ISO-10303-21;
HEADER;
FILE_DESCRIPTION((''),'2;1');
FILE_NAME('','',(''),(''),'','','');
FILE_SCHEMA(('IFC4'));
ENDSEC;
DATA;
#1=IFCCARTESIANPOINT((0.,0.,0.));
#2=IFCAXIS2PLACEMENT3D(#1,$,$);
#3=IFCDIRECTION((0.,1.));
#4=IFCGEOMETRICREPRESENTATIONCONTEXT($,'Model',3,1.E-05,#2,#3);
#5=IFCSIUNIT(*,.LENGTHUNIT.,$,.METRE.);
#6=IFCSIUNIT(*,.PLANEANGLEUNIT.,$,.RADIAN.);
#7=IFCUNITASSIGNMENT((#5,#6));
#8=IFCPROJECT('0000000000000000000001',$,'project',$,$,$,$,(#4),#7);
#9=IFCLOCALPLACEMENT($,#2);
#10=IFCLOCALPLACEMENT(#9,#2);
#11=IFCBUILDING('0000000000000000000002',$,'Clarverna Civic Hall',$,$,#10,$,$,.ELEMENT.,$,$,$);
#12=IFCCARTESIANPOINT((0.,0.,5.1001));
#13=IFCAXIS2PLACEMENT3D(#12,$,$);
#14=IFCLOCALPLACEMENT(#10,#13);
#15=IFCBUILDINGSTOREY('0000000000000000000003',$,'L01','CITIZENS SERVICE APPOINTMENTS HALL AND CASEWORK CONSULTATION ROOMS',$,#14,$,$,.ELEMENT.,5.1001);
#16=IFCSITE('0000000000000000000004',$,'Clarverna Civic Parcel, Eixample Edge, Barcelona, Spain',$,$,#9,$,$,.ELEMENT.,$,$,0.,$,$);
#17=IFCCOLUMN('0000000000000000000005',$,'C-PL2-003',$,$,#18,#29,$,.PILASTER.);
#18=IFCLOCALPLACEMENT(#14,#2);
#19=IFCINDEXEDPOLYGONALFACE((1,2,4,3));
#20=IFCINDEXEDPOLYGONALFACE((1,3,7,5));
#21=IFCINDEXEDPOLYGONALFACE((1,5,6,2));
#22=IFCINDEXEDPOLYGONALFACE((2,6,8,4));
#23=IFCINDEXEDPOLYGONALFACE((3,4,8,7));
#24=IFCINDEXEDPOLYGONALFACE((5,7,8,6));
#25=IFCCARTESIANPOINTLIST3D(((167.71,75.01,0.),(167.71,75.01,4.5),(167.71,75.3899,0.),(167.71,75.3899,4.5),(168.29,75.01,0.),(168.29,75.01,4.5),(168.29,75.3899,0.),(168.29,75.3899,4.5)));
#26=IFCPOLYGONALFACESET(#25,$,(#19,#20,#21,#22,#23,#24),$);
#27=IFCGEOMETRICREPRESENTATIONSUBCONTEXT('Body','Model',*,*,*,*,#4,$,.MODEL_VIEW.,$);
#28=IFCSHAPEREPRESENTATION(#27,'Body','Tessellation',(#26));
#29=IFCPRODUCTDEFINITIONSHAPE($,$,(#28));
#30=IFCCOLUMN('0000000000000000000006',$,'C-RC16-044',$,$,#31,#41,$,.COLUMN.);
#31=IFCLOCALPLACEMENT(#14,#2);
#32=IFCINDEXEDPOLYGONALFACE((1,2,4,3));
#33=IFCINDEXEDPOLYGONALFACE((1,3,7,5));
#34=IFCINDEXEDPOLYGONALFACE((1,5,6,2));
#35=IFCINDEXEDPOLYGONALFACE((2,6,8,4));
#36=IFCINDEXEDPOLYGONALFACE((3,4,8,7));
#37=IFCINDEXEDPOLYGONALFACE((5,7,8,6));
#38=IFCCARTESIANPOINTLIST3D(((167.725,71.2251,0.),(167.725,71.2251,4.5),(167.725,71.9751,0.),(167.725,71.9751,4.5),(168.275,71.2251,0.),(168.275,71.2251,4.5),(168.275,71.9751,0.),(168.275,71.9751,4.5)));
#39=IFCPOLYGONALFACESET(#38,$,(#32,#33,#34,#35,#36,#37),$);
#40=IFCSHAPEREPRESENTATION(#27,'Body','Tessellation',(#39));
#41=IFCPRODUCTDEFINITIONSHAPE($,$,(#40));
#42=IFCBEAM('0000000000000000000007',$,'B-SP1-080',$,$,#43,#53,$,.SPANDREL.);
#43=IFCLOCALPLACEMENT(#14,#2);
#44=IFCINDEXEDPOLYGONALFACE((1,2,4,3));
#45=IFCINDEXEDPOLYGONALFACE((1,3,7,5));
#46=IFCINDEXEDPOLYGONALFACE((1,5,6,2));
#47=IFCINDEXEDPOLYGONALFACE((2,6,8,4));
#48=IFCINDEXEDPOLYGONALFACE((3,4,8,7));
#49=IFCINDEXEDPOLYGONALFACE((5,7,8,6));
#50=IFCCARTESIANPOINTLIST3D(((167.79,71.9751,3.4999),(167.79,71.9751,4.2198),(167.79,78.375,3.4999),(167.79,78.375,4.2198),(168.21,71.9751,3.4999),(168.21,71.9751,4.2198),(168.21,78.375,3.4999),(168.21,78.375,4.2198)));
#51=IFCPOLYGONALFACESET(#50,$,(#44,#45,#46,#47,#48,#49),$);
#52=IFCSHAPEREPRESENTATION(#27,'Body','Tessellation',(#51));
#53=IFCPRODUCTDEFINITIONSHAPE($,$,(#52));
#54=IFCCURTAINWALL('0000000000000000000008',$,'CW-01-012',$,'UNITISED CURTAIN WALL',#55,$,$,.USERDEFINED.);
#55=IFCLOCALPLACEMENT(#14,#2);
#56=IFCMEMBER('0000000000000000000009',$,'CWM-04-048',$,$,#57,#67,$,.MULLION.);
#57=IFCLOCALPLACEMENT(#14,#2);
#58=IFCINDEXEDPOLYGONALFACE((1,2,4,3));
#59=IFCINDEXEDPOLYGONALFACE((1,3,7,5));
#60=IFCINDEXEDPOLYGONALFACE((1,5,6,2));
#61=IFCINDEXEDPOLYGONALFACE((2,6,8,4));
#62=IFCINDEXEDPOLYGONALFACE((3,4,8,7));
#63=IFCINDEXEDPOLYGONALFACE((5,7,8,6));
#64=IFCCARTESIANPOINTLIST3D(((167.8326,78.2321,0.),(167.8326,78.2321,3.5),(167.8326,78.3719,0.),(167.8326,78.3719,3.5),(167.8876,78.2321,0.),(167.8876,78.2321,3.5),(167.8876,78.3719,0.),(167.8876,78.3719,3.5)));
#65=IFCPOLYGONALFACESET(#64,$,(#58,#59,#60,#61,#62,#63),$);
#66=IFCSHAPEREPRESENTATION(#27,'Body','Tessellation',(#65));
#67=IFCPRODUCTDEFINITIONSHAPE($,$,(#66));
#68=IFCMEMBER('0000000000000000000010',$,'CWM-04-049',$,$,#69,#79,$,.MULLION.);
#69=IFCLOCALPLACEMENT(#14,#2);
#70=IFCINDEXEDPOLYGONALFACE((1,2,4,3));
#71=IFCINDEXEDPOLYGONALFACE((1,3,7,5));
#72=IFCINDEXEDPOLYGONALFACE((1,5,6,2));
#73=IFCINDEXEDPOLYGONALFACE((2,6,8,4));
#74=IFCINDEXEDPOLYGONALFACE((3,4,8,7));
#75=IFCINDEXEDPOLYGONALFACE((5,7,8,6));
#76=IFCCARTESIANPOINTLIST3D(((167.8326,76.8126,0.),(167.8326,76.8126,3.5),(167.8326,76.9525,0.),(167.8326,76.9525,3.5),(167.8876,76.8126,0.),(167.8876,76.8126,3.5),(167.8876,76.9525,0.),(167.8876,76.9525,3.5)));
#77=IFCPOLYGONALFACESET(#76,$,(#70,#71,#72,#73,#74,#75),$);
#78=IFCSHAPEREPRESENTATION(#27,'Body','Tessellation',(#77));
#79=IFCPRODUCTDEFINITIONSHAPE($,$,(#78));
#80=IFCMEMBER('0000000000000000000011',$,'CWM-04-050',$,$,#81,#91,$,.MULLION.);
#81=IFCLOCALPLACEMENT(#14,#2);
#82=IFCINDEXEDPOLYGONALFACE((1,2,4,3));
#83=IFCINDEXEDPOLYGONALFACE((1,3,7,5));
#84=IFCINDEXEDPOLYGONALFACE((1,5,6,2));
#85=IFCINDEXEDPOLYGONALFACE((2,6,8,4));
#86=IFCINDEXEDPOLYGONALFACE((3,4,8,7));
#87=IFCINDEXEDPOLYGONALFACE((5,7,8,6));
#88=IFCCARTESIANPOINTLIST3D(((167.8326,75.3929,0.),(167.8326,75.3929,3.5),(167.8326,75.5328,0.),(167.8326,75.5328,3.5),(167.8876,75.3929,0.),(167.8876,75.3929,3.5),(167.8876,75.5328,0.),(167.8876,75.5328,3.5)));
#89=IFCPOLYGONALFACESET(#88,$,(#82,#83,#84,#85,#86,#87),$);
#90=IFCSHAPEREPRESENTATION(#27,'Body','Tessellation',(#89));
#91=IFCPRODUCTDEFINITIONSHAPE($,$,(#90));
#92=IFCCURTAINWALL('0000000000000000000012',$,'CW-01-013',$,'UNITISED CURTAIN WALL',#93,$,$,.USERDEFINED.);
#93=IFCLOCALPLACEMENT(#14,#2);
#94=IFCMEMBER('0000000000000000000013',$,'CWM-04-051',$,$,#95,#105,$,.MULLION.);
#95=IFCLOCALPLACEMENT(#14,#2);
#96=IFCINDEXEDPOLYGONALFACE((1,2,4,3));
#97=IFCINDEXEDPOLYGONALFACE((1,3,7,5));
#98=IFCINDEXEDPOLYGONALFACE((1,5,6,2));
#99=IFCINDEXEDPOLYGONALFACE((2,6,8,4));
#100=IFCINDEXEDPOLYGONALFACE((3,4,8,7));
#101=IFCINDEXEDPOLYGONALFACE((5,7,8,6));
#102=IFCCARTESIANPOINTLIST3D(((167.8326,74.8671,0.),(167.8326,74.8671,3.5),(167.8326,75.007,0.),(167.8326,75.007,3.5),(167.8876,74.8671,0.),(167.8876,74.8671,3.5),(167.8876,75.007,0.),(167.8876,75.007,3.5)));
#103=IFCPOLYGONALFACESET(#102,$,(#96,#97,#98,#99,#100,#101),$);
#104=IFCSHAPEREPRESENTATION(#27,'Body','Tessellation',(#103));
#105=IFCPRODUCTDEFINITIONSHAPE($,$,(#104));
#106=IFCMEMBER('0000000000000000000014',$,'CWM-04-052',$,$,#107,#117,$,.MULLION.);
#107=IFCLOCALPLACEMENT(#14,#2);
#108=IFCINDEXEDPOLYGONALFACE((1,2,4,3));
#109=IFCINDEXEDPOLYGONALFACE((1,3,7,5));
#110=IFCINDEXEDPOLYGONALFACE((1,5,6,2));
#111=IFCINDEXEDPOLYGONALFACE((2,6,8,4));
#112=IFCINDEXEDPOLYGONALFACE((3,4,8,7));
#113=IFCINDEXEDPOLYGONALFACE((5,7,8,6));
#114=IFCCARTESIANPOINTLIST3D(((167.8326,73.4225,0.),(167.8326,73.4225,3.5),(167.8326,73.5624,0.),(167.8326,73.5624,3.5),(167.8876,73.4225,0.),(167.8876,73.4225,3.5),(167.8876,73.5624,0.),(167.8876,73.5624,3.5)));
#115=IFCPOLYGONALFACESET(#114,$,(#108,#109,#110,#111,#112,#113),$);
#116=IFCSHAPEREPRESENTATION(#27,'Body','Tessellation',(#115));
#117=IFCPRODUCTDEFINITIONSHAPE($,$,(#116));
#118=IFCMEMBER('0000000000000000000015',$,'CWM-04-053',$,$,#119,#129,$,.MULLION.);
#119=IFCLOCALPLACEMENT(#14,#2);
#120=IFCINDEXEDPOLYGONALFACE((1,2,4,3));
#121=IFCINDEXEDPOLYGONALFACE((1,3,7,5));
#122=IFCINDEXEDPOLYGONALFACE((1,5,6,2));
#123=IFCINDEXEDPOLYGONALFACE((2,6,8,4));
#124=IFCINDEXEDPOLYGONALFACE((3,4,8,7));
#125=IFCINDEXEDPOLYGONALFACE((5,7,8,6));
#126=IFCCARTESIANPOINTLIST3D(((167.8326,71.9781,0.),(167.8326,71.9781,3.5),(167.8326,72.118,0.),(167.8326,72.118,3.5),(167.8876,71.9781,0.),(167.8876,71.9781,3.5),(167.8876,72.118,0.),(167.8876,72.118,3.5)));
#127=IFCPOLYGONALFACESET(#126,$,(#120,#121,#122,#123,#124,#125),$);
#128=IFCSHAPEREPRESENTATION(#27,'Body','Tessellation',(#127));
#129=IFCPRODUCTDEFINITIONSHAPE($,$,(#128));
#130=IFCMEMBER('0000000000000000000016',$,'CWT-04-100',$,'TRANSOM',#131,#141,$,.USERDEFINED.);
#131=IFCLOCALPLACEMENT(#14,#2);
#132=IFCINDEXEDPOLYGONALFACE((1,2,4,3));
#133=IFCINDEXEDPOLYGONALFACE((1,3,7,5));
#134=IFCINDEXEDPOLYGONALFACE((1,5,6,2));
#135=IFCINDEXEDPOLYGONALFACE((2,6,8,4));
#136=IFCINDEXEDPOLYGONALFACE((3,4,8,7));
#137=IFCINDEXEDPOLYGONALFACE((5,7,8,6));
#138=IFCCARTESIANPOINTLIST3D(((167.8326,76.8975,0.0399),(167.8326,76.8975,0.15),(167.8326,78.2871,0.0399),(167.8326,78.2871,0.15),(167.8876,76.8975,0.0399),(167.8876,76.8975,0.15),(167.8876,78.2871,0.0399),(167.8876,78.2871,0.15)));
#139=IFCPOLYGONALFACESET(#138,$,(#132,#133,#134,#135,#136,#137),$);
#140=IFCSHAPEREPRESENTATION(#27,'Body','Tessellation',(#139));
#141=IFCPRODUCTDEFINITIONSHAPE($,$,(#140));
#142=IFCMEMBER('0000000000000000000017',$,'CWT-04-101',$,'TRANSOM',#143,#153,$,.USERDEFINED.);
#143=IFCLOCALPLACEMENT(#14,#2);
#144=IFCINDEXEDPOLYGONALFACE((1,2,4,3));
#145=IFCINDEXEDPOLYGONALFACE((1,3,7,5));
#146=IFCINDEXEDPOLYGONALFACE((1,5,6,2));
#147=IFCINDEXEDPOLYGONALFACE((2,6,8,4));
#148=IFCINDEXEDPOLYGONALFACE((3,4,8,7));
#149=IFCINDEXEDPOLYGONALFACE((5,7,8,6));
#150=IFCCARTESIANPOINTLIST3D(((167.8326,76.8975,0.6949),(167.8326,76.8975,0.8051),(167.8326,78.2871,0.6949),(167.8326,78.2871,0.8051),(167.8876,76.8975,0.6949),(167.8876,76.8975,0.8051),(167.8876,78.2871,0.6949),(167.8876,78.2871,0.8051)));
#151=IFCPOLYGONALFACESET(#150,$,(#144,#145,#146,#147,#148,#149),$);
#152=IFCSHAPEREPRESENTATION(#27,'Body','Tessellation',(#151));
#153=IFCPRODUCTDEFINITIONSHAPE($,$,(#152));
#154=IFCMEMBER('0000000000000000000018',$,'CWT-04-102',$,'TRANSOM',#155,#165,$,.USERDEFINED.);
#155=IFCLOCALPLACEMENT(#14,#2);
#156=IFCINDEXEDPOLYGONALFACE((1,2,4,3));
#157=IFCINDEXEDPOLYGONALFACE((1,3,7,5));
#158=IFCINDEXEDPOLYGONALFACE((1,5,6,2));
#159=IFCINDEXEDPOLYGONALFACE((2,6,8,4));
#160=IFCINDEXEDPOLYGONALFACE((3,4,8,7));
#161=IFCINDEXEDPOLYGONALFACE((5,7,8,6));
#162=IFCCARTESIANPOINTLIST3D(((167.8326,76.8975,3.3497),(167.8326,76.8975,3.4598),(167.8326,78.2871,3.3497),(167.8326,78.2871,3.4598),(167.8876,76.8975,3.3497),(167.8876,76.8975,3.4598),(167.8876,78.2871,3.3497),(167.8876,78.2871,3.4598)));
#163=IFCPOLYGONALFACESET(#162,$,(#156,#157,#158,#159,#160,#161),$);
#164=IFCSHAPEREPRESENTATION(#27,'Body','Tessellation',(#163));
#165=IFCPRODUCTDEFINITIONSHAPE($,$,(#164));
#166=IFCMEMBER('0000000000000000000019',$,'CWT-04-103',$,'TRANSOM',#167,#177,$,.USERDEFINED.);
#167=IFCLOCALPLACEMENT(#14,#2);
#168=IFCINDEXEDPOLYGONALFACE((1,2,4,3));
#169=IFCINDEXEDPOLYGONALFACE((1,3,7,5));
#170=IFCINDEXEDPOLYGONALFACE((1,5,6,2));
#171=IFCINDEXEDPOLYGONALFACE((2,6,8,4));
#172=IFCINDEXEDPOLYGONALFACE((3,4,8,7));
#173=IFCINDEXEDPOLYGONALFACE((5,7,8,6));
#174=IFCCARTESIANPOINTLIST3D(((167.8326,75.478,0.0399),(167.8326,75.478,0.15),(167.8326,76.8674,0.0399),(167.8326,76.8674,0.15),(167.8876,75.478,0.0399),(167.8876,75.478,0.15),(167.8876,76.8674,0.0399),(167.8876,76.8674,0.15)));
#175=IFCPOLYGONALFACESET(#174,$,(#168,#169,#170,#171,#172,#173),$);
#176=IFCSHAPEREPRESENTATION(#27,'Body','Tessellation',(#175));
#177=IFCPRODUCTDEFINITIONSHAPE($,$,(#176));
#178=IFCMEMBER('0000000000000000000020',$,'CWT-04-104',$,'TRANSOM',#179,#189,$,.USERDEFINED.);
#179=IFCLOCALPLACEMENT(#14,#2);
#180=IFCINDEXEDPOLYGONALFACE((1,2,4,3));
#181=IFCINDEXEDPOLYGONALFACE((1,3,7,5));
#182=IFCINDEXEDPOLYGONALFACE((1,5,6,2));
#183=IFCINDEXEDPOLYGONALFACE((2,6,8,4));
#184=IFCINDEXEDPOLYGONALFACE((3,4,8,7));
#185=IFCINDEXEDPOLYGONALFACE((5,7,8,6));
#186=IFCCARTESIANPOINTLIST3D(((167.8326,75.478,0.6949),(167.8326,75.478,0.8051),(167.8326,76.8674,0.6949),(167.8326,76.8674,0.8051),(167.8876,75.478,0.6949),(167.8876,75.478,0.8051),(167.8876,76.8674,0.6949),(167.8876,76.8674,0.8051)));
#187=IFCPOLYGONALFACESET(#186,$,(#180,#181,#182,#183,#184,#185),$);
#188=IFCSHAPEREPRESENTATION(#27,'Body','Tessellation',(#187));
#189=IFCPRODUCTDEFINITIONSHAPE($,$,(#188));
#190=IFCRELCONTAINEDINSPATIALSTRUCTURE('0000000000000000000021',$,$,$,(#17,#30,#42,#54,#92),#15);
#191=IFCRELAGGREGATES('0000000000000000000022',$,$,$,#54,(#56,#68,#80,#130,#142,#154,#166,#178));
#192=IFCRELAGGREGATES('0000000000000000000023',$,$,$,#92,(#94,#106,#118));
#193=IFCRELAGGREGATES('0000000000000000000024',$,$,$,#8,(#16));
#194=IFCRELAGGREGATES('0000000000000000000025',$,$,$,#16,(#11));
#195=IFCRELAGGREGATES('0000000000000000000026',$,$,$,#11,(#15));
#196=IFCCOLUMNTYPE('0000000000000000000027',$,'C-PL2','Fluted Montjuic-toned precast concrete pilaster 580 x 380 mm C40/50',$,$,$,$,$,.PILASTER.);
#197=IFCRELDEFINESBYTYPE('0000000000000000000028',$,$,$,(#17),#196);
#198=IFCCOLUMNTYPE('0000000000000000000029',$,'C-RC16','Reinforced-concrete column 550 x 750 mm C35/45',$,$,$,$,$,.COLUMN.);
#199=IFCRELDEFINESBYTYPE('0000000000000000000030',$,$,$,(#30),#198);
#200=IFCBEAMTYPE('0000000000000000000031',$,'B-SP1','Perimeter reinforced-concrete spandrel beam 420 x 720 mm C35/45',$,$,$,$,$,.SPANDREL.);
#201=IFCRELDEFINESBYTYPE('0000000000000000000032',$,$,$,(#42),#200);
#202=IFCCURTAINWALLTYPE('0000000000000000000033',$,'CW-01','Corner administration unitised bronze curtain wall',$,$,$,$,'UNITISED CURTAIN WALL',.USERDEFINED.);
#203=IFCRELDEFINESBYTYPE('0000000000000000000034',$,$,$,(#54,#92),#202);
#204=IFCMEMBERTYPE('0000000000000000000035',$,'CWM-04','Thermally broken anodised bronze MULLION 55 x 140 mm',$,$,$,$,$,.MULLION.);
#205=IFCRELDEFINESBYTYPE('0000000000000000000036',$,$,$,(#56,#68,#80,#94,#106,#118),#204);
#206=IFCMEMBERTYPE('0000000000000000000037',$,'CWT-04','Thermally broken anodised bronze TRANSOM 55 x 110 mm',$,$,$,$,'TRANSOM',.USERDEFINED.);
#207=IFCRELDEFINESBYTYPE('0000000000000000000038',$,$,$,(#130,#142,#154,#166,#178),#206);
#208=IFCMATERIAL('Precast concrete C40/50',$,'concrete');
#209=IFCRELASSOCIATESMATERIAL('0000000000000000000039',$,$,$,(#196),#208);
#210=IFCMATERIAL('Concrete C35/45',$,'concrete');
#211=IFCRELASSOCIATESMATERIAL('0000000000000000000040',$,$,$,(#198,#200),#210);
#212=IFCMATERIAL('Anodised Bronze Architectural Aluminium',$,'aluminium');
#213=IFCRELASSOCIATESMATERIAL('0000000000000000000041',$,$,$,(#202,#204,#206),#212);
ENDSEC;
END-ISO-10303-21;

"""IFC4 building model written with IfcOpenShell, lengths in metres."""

from ifc_helpers import new_model, si_unit, direction, frame, origin, origin_2d, place, context, subcontext, project, spatial, rectangle, extrude, material, material_profile, profile_set, type_object, element, aggregate, save


model = new_model("IFC4")

# Units and contexts
model_context = context("Model", 3, precision=1e-05, world=origin(), true_north=direction((0.0, 1.0)))
body_context = subcontext(model_context, "Body", "Model", "MODEL_VIEW")
ifc_project = project(units=[si_unit("LENGTHUNIT", "METRE"), si_unit("PLANEANGLEUNIT", "RADIAN")], contexts=[model_context])

# Site, building, storey
site_placement = place(None, origin())
site = spatial("IfcSite", under=ifc_project, at=site_placement, Name="Clarverna Civic Parcel, Eixample Edge, Barcelona, Spain", CompositionType="ELEMENT", RefElevation=0.0)
building_placement = place(site_placement, origin())
building = spatial("IfcBuilding", under=site, at=building_placement, Name="Clarverna Civic Hall", CompositionType="ELEMENT")
storey_placement = place(building_placement, frame((0.0, 0.0, 5.1001)))
storey = spatial("IfcBuildingStorey", under=building, at=storey_placement, Name="L01", Description="CITIZENS SERVICE APPOINTMENTS HALL AND CASEWORK CONSULTATION ROOMS", CompositionType="ELEMENT", Elevation=5.1001)

# Columns
ifc_material_1 = material(Name="Precast concrete C40/50", Category="concrete")
ifc_material_profile_1 = material_profile(ifc_material_1, rectangle(XDim=0.5801, YDim=0.3799, at=origin_2d()), Name="PILASTER 580x380")
ifc_profile_set_1 = profile_set([ifc_material_profile_1], Name="Precast concrete C40/50")
column_type_1 = type_object("IfcColumnType", Name="C-PL2", Description="Fluted Montjuic-toned precast concrete pilaster 580 x 380 mm C40/50", PredefinedType="PILASTER", material=ifc_profile_set_1)
column_1_placement = place(storey_placement, frame((168.0, 75.2, 0.0), z_axis=(0.0, 0.0, 1.0), x_axis=(1.0, 0.0, 0.0)))
element("IfcColumn", 1, at=column_1_placement, inside=storey, type_object=column_type_1, Name="C-PL2-003", PredefinedType="PILASTER", context=body_context, shape_type="SweptSolid", body=[
    extrude(rectangle(XDim=0.5801, YDim=0.3799, at=origin_2d()), origin(), (0.0, 0.0, 1.0), 4.5),
])
ifc_material_2 = material(Name="Concrete C35/45", Category="concrete")
ifc_material_profile_2 = material_profile(ifc_material_2, rectangle(XDim=0.55, YDim=0.75, at=origin_2d()), Name="RC 550x750")
ifc_profile_set_2 = profile_set([ifc_material_profile_2], Name="Concrete C35/45")
column_type_2 = type_object("IfcColumnType", Name="C-RC16", Description="Reinforced-concrete column 550 x 750 mm C35/45", PredefinedType="COLUMN", material=ifc_profile_set_2)
column_2_placement = place(storey_placement, frame((168.0, 71.6001, 0.0), z_axis=(0.0, 0.0, 1.0), x_axis=(1.0, 0.0, 0.0)))
element("IfcColumn", 2, at=column_2_placement, inside=storey, type_object=column_type_2, Name="C-RC16-044", PredefinedType="COLUMN", context=body_context, shape_type="SweptSolid", body=[
    extrude(rectangle(XDim=0.55, YDim=0.75, at=origin_2d()), origin(), (0.0, 0.0, 1.0), 4.5),
])

# Beam
ifc_material_profile_3 = material_profile(ifc_material_2, rectangle(XDim=0.4199, YDim=0.72, at=origin_2d()), Name="RC 420x720")
ifc_profile_set_3 = profile_set([ifc_material_profile_3], Name="Concrete C35/45")
beam_type = type_object("IfcBeamType", Name="B-SP1", Description="Perimeter reinforced-concrete spandrel beam 420 x 720 mm C35/45", PredefinedType="SPANDREL", material=ifc_profile_set_3)
beam_placement = place(storey_placement, frame((168.0, 71.9751, 3.8599), z_axis=(0.0, 1.0, 0.0), x_axis=(-1.0, 0.0, 0.0)))
element("IfcBeam", 3, at=beam_placement, inside=storey, type_object=beam_type, Name="B-SP1-080", PredefinedType="SPANDREL", context=body_context, shape_type="SweptSolid", body=[
    extrude(rectangle(XDim=0.4199, YDim=0.72, at=origin_2d()), origin(), (0.0, 0.0, 1.0), 6.3999),
])

# Curtain walls, members
ifc_material_3 = material(Name="Anodised Bronze Architectural Aluminium", Category="aluminium")
curtain_wall_type = type_object("IfcCurtainWallType", Name="CW-01", Description="Corner administration unitised bronze curtain wall", ElementType="UNITISED CURTAIN WALL", PredefinedType="USERDEFINED", material=ifc_material_3)
curtain_wall_1_placement = place(storey_placement, origin())
curtain_wall_1 = element("IfcCurtainWall", 4, at=curtain_wall_1_placement, inside=storey, type_object=curtain_wall_type, Name="CW-01-012", ObjectType="UNITISED CURTAIN WALL", PredefinedType="USERDEFINED")
ifc_material_profile_4 = material_profile(ifc_material_3, rectangle(XDim=0.0549, YDim=0.1399, at=origin_2d()), Name="BRONZE 55x140")
ifc_profile_set_4 = profile_set([ifc_material_profile_4], Name="Anodised Bronze Architectural Aluminium")
member_type_1 = type_object("IfcMemberType", Name="CWM-04", Description="Thermally broken anodised bronze MULLION 55 x 140 mm", PredefinedType="MULLION", material=ifc_profile_set_4)
member_1_placement = place(storey_placement, frame((167.8601, 78.302, 0.0), z_axis=(0.0, 0.0, 1.0), x_axis=(1.0, 0.0, 0.0)))
member_1 = element("IfcMember", 5, at=member_1_placement, type_object=member_type_1, Name="CWM-04-048", PredefinedType="MULLION", context=body_context, shape_type="SweptSolid", body=[
    extrude(rectangle(XDim=0.0549, YDim=0.1399, at=origin_2d()), origin(), (0.0, 0.0, 1.0), 3.5),
])
member_2_placement = place(storey_placement, frame((167.8601, 76.8826, 0.0), z_axis=(0.0, 0.0, 1.0), x_axis=(1.0, 0.0, 0.0)))
member_2 = element("IfcMember", 6, at=member_2_placement, type_object=member_type_1, Name="CWM-04-049", PredefinedType="MULLION", context=body_context, shape_type="SweptSolid", body=[
    extrude(rectangle(XDim=0.0549, YDim=0.1399, at=origin_2d()), origin(), (0.0, 0.0, 1.0), 3.5),
])
member_3_placement = place(storey_placement, frame((167.8601, 75.4629, 0.0), z_axis=(0.0, 0.0, 1.0), x_axis=(1.0, 0.0, 0.0)))
member_3 = element("IfcMember", 7, at=member_3_placement, type_object=member_type_1, Name="CWM-04-050", PredefinedType="MULLION", context=body_context, shape_type="SweptSolid", body=[
    extrude(rectangle(XDim=0.0549, YDim=0.1399, at=origin_2d()), origin(), (0.0, 0.0, 1.0), 3.5),
])
curtain_wall_2_placement = place(storey_placement, origin())
curtain_wall_2 = element("IfcCurtainWall", 8, at=curtain_wall_2_placement, inside=storey, type_object=curtain_wall_type, Name="CW-01-013", ObjectType="UNITISED CURTAIN WALL", PredefinedType="USERDEFINED")
member_4_placement = place(storey_placement, frame((167.8601, 74.937, 0.0), z_axis=(0.0, 0.0, 1.0), x_axis=(1.0, 0.0, 0.0)))
member_4 = element("IfcMember", 9, at=member_4_placement, type_object=member_type_1, Name="CWM-04-051", PredefinedType="MULLION", context=body_context, shape_type="SweptSolid", body=[
    extrude(rectangle(XDim=0.0549, YDim=0.1399, at=origin_2d()), origin(), (0.0, 0.0, 1.0), 3.5),
])
member_5_placement = place(storey_placement, frame((167.8601, 73.4924, 0.0), z_axis=(0.0, 0.0, 1.0), x_axis=(1.0, 0.0, 0.0)))
member_5 = element("IfcMember", 10, at=member_5_placement, type_object=member_type_1, Name="CWM-04-052", PredefinedType="MULLION", context=body_context, shape_type="SweptSolid", body=[
    extrude(rectangle(XDim=0.0549, YDim=0.1399, at=origin_2d()), origin(), (0.0, 0.0, 1.0), 3.5),
])
member_6_placement = place(storey_placement, frame((167.8601, 72.0481, 0.0), z_axis=(0.0, 0.0, 1.0), x_axis=(1.0, 0.0, 0.0)))
member_6 = element("IfcMember", 11, at=member_6_placement, type_object=member_type_1, Name="CWM-04-053", PredefinedType="MULLION", context=body_context, shape_type="SweptSolid", body=[
    extrude(rectangle(XDim=0.0549, YDim=0.1399, at=origin_2d()), origin(), (0.0, 0.0, 1.0), 3.5),
])

# Members
ifc_material_profile_5 = material_profile(ifc_material_3, rectangle(XDim=0.0549, YDim=0.1101, at=origin_2d()), Name="BRONZE 55x110")
ifc_profile_set_5 = profile_set([ifc_material_profile_5], Name="Anodised Bronze Architectural Aluminium")
member_type_2 = type_object("IfcMemberType", Name="CWT-04", Description="Thermally broken anodised bronze TRANSOM 55 x 110 mm", ElementType="TRANSOM", PredefinedType="USERDEFINED", material=ifc_profile_set_5)
member_7_placement = place(storey_placement, frame((167.8601, 78.2871, 0.095), z_axis=(0.0, -1.0, 0.0), x_axis=(1.0, 0.0, 0.0)))
member_7 = element("IfcMember", 12, at=member_7_placement, type_object=member_type_2, Name="CWT-04-100", ObjectType="TRANSOM", PredefinedType="USERDEFINED", context=body_context, shape_type="SweptSolid", body=[
    extrude(rectangle(XDim=0.0549, YDim=0.1101, at=origin_2d()), origin(), (0.0, 0.0, 1.0), 1.3896),
])
member_8_placement = place(storey_placement, frame((167.8601, 78.2871, 0.75), z_axis=(0.0, -1.0, 0.0), x_axis=(1.0, 0.0, 0.0)))
member_8 = element("IfcMember", 13, at=member_8_placement, type_object=member_type_2, Name="CWT-04-101", ObjectType="TRANSOM", PredefinedType="USERDEFINED", context=body_context, shape_type="SweptSolid", body=[
    extrude(rectangle(XDim=0.0549, YDim=0.1101, at=origin_2d()), origin(), (0.0, 0.0, 1.0), 1.3896),
])
member_9_placement = place(storey_placement, frame((167.8601, 78.2871, 3.4048), z_axis=(0.0, -1.0, 0.0), x_axis=(1.0, 0.0, 0.0)))
member_9 = element("IfcMember", 14, at=member_9_placement, type_object=member_type_2, Name="CWT-04-102", ObjectType="TRANSOM", PredefinedType="USERDEFINED", context=body_context, shape_type="SweptSolid", body=[
    extrude(rectangle(XDim=0.0549, YDim=0.1101, at=origin_2d()), origin(), (0.0, 0.0, 1.0), 1.3896),
])
member_10_placement = place(storey_placement, frame((167.8601, 76.8674, 0.095), z_axis=(0.0, -1.0, 0.0), x_axis=(1.0, 0.0, 0.0)))
member_10 = element("IfcMember", 15, at=member_10_placement, type_object=member_type_2, Name="CWT-04-103", ObjectType="TRANSOM", PredefinedType="USERDEFINED", context=body_context, shape_type="SweptSolid", body=[
    extrude(rectangle(XDim=0.0549, YDim=0.1101, at=origin_2d()), origin(), (0.0, 0.0, 1.0), 1.3894),
])
member_11_placement = place(storey_placement, frame((167.8601, 76.8674, 0.75), z_axis=(0.0, -1.0, 0.0), x_axis=(1.0, 0.0, 0.0)))
member_11 = element("IfcMember", 16, at=member_11_placement, type_object=member_type_2, Name="CWT-04-104", ObjectType="TRANSOM", PredefinedType="USERDEFINED", context=body_context, shape_type="SweptSolid", body=[
    extrude(rectangle(XDim=0.0549, YDim=0.1101, at=origin_2d()), origin(), (0.0, 0.0, 1.0), 1.3894),
])

aggregate(curtain_wall_1, [member_1, member_2, member_3, member_7, member_8, member_9, member_10, member_11])
aggregate(curtain_wall_2, [member_4, member_5, member_6])

save(model, "model.ifc")
